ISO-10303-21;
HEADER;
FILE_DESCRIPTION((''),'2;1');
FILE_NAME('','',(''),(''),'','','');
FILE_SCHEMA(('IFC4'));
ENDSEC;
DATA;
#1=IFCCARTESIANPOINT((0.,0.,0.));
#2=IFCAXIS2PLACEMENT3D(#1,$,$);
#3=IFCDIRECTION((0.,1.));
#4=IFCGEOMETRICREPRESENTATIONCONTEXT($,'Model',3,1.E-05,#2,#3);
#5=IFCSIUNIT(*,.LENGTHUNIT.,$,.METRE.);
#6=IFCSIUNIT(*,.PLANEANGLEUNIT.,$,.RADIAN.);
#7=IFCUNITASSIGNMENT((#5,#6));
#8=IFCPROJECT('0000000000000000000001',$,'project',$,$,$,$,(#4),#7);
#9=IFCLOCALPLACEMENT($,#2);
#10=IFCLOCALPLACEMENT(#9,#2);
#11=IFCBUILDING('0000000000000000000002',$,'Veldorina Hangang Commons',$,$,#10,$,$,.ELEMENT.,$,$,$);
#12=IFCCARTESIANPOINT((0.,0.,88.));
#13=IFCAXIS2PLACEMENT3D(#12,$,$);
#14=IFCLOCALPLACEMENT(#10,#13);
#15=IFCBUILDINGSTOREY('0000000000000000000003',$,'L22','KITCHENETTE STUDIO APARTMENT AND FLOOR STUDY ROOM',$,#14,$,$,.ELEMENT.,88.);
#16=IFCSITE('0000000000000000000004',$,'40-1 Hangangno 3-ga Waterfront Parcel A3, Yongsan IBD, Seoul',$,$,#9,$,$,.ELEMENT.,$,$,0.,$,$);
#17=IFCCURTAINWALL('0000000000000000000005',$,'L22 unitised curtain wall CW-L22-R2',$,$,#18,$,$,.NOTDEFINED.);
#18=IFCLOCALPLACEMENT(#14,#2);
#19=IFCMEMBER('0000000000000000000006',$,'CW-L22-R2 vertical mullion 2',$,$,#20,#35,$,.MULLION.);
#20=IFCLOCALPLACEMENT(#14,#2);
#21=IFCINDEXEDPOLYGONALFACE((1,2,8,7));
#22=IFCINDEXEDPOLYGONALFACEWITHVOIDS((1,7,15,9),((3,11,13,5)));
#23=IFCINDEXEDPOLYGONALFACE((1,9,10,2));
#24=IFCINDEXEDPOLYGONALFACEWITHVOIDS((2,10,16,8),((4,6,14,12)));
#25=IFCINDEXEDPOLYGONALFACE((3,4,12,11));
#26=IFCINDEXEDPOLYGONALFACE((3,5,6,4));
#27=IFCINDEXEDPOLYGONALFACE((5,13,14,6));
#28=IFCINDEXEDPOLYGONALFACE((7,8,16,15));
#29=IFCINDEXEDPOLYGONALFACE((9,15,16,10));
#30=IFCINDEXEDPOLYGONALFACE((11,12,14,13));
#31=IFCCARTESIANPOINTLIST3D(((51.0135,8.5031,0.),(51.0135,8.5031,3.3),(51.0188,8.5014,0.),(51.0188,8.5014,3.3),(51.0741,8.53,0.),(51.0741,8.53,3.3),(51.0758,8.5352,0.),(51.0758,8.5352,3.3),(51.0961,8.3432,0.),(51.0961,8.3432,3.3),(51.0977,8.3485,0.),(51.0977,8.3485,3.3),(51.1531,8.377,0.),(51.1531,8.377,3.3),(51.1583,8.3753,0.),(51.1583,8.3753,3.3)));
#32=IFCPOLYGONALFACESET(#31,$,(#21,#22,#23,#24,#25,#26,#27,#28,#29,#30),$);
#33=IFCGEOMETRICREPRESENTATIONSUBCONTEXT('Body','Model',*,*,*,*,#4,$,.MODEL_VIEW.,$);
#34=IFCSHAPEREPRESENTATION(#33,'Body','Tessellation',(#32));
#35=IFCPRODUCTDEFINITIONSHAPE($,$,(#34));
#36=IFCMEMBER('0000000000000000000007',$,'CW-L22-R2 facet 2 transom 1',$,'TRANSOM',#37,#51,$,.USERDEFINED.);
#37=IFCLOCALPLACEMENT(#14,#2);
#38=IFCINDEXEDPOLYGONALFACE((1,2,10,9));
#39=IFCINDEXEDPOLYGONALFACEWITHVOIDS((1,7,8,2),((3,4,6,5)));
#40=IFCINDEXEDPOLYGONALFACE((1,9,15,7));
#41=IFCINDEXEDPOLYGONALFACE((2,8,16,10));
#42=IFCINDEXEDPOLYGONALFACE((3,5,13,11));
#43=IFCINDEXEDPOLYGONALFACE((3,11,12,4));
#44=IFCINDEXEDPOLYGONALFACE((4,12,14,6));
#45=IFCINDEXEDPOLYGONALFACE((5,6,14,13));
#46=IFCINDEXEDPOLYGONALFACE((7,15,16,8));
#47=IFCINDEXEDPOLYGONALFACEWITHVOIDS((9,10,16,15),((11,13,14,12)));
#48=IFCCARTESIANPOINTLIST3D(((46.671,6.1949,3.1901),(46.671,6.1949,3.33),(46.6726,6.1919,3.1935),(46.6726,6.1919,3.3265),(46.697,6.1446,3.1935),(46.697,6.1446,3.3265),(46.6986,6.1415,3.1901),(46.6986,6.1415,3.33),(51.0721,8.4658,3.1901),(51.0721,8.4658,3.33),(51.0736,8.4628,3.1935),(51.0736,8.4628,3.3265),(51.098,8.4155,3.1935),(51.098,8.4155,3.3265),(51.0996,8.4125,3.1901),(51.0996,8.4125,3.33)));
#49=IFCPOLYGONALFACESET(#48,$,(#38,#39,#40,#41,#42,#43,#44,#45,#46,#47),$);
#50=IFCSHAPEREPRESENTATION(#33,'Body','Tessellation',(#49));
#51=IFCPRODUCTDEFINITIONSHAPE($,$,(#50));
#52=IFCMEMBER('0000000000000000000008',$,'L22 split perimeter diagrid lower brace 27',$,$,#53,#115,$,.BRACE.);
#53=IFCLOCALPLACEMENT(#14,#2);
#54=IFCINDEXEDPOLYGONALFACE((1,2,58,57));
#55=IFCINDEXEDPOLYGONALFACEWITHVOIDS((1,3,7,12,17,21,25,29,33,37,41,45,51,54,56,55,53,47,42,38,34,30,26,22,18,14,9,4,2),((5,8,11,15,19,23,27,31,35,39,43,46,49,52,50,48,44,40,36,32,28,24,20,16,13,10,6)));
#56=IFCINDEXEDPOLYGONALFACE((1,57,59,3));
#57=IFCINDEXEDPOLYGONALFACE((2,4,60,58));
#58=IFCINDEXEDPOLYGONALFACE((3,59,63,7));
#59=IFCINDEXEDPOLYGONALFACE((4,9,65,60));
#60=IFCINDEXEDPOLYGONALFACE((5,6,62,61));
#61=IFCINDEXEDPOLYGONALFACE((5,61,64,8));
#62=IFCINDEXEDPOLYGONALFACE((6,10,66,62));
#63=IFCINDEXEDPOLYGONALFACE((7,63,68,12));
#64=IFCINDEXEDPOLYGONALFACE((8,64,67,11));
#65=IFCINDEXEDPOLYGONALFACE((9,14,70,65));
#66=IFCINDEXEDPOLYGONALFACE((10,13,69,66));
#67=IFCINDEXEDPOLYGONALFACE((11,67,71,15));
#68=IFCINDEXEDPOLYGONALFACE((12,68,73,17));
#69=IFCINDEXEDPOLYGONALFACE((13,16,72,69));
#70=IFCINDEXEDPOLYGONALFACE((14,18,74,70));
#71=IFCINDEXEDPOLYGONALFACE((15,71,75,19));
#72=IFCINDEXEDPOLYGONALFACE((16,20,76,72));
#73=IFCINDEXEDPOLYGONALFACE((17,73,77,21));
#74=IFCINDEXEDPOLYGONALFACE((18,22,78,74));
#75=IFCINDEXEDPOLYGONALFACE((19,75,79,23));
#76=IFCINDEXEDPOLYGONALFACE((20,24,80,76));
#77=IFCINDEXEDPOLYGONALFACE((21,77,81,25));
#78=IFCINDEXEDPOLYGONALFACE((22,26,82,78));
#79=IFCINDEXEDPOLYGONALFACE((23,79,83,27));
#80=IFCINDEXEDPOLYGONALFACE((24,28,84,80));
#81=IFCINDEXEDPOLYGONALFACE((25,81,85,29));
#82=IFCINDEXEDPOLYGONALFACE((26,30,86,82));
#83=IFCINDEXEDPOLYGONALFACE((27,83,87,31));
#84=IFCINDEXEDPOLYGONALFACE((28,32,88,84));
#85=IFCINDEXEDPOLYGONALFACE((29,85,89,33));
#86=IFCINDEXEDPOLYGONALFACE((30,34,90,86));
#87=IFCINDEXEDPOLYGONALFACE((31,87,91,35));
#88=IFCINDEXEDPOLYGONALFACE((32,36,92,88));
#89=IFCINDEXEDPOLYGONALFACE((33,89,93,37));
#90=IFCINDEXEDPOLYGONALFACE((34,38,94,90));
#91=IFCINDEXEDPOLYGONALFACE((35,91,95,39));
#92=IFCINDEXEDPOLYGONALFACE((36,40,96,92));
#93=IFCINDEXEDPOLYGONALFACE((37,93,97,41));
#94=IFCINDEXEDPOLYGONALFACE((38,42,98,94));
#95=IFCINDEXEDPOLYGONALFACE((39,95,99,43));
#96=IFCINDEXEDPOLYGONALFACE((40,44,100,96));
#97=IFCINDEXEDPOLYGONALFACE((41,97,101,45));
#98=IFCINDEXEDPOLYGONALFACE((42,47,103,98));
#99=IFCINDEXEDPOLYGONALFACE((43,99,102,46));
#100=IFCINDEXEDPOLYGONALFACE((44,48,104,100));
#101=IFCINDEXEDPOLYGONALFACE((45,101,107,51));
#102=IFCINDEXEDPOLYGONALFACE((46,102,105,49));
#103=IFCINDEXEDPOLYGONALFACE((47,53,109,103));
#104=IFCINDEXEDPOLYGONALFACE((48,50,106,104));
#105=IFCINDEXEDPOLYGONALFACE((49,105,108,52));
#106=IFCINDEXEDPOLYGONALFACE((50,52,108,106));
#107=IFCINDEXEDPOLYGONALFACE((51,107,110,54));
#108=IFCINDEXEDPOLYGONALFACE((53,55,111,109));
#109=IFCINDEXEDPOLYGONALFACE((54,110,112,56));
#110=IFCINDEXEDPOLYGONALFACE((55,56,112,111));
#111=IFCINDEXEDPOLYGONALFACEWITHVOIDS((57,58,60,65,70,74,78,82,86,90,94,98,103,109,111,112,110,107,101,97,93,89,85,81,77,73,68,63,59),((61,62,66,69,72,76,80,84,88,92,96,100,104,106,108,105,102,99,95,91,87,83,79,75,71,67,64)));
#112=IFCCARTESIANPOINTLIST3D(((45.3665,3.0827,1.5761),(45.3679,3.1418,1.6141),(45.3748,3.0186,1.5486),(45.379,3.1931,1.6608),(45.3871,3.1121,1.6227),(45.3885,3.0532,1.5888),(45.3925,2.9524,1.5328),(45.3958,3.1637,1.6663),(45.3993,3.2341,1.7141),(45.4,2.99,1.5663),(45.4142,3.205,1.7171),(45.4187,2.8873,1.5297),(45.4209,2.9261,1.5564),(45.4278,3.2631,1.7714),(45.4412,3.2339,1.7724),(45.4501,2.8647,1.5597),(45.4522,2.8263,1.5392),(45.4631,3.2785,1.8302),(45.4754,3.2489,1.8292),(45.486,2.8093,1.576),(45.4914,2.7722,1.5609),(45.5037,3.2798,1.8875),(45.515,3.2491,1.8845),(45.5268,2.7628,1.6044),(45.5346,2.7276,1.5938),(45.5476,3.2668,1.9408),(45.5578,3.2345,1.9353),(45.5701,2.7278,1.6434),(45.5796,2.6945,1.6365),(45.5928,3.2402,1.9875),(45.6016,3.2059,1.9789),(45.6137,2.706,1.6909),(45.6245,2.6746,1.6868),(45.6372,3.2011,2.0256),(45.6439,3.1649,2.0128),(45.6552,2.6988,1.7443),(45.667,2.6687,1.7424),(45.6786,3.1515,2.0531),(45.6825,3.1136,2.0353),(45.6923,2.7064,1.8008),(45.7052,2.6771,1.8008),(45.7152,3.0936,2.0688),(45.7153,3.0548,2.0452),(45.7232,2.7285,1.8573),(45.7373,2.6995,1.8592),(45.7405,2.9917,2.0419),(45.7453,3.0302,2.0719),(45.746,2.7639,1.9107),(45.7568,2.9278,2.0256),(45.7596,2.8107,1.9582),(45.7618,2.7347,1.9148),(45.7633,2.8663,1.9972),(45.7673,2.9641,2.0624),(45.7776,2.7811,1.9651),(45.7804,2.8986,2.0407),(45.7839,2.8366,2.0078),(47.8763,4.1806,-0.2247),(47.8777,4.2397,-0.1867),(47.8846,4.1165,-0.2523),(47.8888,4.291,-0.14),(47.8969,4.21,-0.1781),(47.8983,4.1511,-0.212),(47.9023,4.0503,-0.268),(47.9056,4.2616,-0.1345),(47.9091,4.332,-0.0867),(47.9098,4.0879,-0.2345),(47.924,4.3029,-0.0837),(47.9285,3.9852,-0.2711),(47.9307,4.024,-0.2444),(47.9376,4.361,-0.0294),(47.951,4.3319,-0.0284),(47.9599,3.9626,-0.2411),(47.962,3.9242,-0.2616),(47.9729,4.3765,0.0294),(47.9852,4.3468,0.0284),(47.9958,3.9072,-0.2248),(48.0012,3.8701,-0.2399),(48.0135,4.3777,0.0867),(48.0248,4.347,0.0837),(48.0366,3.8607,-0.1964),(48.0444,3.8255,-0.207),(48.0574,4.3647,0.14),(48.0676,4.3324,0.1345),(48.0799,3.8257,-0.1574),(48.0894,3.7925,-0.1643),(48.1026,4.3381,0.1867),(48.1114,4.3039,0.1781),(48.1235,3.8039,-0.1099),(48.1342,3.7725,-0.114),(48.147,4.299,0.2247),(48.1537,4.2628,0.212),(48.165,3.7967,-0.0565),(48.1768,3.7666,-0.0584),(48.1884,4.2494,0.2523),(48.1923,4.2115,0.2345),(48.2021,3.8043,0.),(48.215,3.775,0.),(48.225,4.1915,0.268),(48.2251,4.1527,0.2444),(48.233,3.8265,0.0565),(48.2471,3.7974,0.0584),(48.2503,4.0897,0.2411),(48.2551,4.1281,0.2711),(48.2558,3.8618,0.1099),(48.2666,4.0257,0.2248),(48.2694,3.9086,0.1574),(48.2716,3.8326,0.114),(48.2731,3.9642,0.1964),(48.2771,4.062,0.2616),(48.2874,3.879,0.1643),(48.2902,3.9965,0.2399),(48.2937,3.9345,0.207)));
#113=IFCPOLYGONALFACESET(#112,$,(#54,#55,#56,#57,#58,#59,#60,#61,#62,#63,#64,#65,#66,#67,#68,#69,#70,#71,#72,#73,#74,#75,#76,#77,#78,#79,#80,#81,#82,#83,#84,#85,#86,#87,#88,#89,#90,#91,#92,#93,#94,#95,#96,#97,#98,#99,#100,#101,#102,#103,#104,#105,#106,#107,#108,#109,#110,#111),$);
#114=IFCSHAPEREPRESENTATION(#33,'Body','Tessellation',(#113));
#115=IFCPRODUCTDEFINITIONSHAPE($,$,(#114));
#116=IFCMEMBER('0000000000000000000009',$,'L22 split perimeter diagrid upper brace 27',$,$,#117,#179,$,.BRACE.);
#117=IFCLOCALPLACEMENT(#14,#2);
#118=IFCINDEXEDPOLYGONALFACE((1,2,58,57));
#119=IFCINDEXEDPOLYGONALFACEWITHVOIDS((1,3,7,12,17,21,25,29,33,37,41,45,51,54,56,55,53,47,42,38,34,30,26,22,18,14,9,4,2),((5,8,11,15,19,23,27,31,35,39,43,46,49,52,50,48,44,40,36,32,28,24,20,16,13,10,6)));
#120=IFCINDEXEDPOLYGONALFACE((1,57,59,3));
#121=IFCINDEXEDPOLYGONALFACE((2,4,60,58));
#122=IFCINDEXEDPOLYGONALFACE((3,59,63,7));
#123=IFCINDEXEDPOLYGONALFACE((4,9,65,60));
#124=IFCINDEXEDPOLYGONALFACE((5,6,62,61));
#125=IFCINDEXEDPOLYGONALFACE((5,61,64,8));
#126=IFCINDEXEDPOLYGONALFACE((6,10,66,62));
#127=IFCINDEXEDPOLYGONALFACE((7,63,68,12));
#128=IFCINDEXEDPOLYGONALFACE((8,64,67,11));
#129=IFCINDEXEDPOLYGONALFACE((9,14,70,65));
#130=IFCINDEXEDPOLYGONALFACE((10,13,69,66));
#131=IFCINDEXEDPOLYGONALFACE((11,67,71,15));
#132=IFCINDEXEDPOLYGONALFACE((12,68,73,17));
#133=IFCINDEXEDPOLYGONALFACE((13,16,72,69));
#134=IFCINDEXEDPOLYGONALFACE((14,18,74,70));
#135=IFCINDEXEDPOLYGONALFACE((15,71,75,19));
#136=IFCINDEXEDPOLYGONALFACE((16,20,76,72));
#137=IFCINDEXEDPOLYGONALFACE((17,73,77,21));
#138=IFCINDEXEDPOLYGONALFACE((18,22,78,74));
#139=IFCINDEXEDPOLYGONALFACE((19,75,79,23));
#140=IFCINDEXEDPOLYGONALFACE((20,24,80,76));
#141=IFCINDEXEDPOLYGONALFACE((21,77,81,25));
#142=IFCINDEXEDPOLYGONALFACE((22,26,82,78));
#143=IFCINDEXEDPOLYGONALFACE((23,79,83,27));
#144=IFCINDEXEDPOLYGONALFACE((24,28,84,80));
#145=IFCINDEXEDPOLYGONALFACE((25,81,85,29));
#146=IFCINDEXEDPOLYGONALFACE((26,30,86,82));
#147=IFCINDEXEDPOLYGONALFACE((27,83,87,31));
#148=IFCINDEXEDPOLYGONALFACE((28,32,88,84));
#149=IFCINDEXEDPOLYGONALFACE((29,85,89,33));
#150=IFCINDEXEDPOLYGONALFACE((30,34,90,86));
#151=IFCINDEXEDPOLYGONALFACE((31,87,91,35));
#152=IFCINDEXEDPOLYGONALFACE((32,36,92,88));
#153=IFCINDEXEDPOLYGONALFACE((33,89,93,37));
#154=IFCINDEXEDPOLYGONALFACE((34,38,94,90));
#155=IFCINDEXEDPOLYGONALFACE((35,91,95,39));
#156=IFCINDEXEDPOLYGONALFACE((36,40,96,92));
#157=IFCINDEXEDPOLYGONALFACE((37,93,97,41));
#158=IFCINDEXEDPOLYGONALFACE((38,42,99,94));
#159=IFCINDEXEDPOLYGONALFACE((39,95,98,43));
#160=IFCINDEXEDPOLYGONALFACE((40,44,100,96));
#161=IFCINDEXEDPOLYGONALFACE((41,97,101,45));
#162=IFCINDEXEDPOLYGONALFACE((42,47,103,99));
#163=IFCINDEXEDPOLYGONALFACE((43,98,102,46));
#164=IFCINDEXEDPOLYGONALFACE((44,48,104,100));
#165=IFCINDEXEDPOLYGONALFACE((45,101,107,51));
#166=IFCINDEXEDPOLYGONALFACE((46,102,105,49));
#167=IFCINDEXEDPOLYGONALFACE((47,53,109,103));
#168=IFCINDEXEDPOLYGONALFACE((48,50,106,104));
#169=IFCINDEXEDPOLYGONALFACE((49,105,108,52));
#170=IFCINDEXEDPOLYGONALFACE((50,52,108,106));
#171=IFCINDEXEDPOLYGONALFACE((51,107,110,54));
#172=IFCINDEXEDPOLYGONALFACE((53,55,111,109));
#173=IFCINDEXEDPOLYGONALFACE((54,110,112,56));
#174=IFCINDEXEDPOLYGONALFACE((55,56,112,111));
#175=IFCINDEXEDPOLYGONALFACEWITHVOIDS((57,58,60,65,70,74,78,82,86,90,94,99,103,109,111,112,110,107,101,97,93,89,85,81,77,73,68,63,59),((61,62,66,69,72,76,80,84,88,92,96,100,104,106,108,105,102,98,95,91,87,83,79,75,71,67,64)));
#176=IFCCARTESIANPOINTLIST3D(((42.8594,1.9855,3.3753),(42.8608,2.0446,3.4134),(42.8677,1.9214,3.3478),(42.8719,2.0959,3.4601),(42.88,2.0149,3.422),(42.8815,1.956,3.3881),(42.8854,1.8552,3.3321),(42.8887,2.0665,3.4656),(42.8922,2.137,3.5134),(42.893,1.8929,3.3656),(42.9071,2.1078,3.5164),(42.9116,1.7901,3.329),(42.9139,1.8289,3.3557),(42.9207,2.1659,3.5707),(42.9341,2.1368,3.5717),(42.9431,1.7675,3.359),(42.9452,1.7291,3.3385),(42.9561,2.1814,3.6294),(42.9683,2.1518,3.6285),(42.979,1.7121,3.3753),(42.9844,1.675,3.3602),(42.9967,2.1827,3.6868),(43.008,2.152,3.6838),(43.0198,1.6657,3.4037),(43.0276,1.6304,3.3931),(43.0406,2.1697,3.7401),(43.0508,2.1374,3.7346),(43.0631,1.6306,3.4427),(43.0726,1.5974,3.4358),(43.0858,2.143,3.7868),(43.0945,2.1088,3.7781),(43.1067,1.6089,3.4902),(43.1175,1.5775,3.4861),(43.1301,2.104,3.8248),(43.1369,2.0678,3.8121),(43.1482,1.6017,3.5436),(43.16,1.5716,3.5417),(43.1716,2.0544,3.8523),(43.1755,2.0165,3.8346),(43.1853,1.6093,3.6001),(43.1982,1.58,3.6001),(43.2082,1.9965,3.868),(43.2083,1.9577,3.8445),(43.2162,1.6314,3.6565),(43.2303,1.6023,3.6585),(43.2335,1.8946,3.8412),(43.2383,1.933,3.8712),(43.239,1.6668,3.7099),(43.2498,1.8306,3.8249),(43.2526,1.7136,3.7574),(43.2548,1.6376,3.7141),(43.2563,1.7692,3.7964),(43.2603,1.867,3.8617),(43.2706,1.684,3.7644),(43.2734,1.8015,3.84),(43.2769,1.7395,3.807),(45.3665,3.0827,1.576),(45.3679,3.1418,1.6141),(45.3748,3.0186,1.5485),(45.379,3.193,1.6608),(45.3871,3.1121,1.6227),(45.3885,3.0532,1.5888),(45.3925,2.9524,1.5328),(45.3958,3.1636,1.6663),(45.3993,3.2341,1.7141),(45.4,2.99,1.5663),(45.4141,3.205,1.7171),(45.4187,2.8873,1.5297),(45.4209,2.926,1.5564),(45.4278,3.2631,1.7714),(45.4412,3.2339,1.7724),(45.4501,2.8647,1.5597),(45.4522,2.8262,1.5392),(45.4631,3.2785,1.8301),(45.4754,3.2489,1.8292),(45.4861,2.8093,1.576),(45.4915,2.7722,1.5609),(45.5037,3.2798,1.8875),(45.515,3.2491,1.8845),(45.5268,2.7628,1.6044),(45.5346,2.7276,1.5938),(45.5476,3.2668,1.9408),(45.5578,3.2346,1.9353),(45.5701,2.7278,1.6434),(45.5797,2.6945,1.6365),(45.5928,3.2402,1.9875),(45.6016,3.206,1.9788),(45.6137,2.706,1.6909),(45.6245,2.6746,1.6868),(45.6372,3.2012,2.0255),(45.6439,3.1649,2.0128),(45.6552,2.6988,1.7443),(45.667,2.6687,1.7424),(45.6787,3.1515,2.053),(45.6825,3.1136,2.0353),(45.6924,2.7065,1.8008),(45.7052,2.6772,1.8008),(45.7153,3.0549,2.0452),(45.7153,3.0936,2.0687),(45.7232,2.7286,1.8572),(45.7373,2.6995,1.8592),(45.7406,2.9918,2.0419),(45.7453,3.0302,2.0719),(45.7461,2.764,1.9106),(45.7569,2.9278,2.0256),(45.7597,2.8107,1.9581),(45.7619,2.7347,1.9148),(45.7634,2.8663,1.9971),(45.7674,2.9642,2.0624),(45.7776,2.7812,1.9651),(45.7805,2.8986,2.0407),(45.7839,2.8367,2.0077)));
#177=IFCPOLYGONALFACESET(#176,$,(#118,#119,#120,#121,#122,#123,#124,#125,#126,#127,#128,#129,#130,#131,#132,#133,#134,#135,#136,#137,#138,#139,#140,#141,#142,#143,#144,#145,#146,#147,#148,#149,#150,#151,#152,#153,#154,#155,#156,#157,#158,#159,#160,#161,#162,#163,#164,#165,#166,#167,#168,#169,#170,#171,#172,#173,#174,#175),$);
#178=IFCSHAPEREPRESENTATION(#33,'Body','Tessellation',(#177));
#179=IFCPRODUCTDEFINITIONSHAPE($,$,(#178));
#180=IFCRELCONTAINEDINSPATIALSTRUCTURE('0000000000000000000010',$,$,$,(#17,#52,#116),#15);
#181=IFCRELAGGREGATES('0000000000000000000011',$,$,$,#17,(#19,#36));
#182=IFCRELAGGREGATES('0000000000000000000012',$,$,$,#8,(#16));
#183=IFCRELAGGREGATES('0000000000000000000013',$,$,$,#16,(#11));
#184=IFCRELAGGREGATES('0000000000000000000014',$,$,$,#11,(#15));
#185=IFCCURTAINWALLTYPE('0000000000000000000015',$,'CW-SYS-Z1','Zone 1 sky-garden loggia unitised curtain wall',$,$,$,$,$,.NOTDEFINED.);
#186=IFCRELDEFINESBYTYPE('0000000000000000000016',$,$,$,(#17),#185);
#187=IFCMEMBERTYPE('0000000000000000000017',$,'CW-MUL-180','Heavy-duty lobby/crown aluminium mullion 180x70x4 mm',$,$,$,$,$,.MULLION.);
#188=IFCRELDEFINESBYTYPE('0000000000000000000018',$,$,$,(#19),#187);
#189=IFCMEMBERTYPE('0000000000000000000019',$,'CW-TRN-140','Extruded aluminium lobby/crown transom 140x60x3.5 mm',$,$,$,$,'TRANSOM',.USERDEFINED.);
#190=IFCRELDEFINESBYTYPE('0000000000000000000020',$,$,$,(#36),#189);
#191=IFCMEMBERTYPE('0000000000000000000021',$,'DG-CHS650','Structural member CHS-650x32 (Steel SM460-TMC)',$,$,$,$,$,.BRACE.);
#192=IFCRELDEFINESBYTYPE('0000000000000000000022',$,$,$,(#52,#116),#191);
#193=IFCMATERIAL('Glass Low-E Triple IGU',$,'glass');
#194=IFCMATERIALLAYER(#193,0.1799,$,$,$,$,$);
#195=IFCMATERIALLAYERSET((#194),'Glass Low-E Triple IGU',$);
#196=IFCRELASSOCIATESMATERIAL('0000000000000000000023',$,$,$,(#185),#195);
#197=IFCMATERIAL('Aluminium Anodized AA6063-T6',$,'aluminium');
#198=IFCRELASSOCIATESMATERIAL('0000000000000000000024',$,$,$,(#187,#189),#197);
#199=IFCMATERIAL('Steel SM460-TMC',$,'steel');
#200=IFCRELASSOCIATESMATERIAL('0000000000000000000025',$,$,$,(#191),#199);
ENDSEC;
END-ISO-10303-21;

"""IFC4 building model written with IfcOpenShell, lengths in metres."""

from ifc_helpers import new_model, si_unit, direction, frame, origin, origin_2d, place, context, subcontext, project, spatial, hollow_rectangle, hollow_circle, extrude, material, layer, layer_set, material_profile, profile_set, type_object, element, aggregate, save


model = new_model("IFC4")

# Units and contexts
model_context = context("Model", 3, precision=1e-05, world=origin(), true_north=direction((0.0, 1.0)))
body_context = subcontext(model_context, "Body", "Model", "MODEL_VIEW")
ifc_project = project(units=[si_unit("LENGTHUNIT", "METRE"), si_unit("PLANEANGLEUNIT", "RADIAN")], contexts=[model_context])

# Site, building, storey
site_placement = place(None, origin())
site = spatial("IfcSite", under=ifc_project, at=site_placement, Name="40-1 Hangangno 3-ga Waterfront Parcel A3, Yongsan IBD, Seoul", CompositionType="ELEMENT", RefElevation=0.0)
building_placement = place(site_placement, origin())
building = spatial("IfcBuilding", under=site, at=building_placement, Name="Veldorina Hangang Commons", CompositionType="ELEMENT")
storey_placement = place(building_placement, frame((0.0, 0.0, 88.0)))
storey = spatial("IfcBuildingStorey", under=building, at=storey_placement, Name="L22", Description="KITCHENETTE STUDIO APARTMENT AND FLOOR STUDY ROOM", CompositionType="ELEMENT", Elevation=88.0)

# Curtain wall, members
ifc_material_1 = material(Name="Glass Low-E Triple IGU", Category="glass")
ifc_layer_1 = layer(ifc_material_1, 0.1799)
ifc_layer_set_1 = layer_set([ifc_layer_1], Name="Glass Low-E Triple IGU")
curtain_wall_type = type_object("IfcCurtainWallType", Name="CW-SYS-Z1", Description="Zone 1 sky-garden loggia unitised curtain wall", PredefinedType="NOTDEFINED", material=ifc_layer_set_1)
curtain_wall_placement = place(storey_placement, origin())
curtain_wall = element("IfcCurtainWall", 1, at=curtain_wall_placement, inside=storey, type_object=curtain_wall_type, Name="L22 unitised curtain wall CW-L22-R2", PredefinedType="NOTDEFINED")
ifc_material_2 = material(Name="Aluminium Anodized AA6063-T6", Category="aluminium")
ifc_material_profile_1 = material_profile(ifc_material_2, hollow_rectangle(XDim=0.0701, YDim=0.1799, WallThickness=0.0039, at=origin_2d()), Name="ALU-RHS-180x70x4")
ifc_profile_set_1 = profile_set([ifc_material_profile_1], Name="Aluminium Anodized AA6063-T6")
member_type_1 = type_object("IfcMemberType", Name="CW-MUL-180", Description="Heavy-duty lobby/crown aluminium mullion 180x70x4 mm", PredefinedType="MULLION", material=ifc_profile_set_1)
member_1_placement = place(storey_placement, frame((51.0859, 8.4392, 0.0), z_axis=(0.0, 0.0, 1.0), x_axis=(-0.888657, -0.458572, 0.0)))
member_1 = element("IfcMember", 2, at=member_1_placement, type_object=member_type_1, Name="CW-L22-R2 vertical mullion 2", PredefinedType="MULLION", context=body_context, shape_type="SweptSolid", body=[
    extrude(hollow_rectangle(XDim=0.0701, YDim=0.1799, WallThickness=0.0039, at=origin_2d()), origin(), (0.0, 0.0, 1.0), 3.3),
])
ifc_material_profile_2 = material_profile(ifc_material_2, hollow_rectangle(XDim=0.0601, YDim=0.1399, WallThickness=0.0034, at=origin_2d()), Name="ALU-RHS-140x60x3.5")
ifc_profile_set_2 = profile_set([ifc_material_profile_2], Name="Aluminium Anodized AA6063-T6")
member_type_2 = type_object("IfcMemberType", Name="CW-TRN-140", Description="Extruded aluminium lobby/crown transom 140x60x3.5 mm", ElementType="TRANSOM", PredefinedType="USERDEFINED", material=ifc_profile_set_2)
member_2_placement = place(storey_placement, frame((46.6848, 6.1682, 3.26), z_axis=(0.888666, 0.458555, 0.0), x_axis=(-0.458555, 0.888666, 0.0)))
member_2 = element("IfcMember", 3, at=member_2_placement, type_object=member_type_2, Name="CW-L22-R2 facet 2 transom 1", ObjectType="TRANSOM", PredefinedType="USERDEFINED", context=body_context, shape_type="SweptSolid", body=[
    extrude(hollow_rectangle(XDim=0.0601, YDim=0.1399, WallThickness=0.0034, at=origin_2d()), origin(), (0.0, 0.0, 1.0), 4.9524),
])

# Members
ifc_material_3 = material(Name="Steel SM460-TMC", Category="steel")
ifc_material_profile_3 = material_profile(ifc_material_3, hollow_circle(Radius=0.325, WallThickness=0.032, at=origin_2d()), Name="CHS-650x32")
ifc_profile_set_3 = profile_set([ifc_material_profile_3], Name="Steel SM460-TMC")
member_type_3 = type_object("IfcMemberType", Name="DG-CHS650", Description="Structural member CHS-650x32 (Steel SM460-TMC)", PredefinedType="BRACE", material=ifc_profile_set_3)
member_3_placement = place(storey_placement, frame((48.0847, 4.0728, 0.0), z_axis=(-0.765574, -0.334901, 0.549307), x_axis=(0.400781, -0.916174, 0.0)))
element("IfcMember", 4, at=member_3_placement, inside=storey, type_object=member_type_3, Name="L22 split perimeter diagrid lower brace 27", PredefinedType="BRACE", context=body_context, shape_type="SweptSolid", body=[
    extrude(hollow_circle(Radius=0.325, WallThickness=0.032, at=origin_2d()), origin(), (0.0, 0.0, 1.0), 3.2783),
])
member_4_placement = place(storey_placement, frame((45.575, 2.9749, 1.8008), z_axis=(-0.76548, -0.334995, 0.54938), x_axis=(0.400917, -0.916114, 0.0)))
element("IfcMember", 5, at=member_4_placement, inside=storey, type_object=member_type_3, Name="L22 split perimeter diagrid upper brace 27", PredefinedType="BRACE", context=body_context, shape_type="SweptSolid", body=[
    extrude(hollow_circle(Radius=0.325, WallThickness=0.032, at=origin_2d()), origin(), (0.0, 0.0, 1.0), 3.2751),
])

aggregate(curtain_wall, [member_1, member_2])

save(model, "model.ifc")
